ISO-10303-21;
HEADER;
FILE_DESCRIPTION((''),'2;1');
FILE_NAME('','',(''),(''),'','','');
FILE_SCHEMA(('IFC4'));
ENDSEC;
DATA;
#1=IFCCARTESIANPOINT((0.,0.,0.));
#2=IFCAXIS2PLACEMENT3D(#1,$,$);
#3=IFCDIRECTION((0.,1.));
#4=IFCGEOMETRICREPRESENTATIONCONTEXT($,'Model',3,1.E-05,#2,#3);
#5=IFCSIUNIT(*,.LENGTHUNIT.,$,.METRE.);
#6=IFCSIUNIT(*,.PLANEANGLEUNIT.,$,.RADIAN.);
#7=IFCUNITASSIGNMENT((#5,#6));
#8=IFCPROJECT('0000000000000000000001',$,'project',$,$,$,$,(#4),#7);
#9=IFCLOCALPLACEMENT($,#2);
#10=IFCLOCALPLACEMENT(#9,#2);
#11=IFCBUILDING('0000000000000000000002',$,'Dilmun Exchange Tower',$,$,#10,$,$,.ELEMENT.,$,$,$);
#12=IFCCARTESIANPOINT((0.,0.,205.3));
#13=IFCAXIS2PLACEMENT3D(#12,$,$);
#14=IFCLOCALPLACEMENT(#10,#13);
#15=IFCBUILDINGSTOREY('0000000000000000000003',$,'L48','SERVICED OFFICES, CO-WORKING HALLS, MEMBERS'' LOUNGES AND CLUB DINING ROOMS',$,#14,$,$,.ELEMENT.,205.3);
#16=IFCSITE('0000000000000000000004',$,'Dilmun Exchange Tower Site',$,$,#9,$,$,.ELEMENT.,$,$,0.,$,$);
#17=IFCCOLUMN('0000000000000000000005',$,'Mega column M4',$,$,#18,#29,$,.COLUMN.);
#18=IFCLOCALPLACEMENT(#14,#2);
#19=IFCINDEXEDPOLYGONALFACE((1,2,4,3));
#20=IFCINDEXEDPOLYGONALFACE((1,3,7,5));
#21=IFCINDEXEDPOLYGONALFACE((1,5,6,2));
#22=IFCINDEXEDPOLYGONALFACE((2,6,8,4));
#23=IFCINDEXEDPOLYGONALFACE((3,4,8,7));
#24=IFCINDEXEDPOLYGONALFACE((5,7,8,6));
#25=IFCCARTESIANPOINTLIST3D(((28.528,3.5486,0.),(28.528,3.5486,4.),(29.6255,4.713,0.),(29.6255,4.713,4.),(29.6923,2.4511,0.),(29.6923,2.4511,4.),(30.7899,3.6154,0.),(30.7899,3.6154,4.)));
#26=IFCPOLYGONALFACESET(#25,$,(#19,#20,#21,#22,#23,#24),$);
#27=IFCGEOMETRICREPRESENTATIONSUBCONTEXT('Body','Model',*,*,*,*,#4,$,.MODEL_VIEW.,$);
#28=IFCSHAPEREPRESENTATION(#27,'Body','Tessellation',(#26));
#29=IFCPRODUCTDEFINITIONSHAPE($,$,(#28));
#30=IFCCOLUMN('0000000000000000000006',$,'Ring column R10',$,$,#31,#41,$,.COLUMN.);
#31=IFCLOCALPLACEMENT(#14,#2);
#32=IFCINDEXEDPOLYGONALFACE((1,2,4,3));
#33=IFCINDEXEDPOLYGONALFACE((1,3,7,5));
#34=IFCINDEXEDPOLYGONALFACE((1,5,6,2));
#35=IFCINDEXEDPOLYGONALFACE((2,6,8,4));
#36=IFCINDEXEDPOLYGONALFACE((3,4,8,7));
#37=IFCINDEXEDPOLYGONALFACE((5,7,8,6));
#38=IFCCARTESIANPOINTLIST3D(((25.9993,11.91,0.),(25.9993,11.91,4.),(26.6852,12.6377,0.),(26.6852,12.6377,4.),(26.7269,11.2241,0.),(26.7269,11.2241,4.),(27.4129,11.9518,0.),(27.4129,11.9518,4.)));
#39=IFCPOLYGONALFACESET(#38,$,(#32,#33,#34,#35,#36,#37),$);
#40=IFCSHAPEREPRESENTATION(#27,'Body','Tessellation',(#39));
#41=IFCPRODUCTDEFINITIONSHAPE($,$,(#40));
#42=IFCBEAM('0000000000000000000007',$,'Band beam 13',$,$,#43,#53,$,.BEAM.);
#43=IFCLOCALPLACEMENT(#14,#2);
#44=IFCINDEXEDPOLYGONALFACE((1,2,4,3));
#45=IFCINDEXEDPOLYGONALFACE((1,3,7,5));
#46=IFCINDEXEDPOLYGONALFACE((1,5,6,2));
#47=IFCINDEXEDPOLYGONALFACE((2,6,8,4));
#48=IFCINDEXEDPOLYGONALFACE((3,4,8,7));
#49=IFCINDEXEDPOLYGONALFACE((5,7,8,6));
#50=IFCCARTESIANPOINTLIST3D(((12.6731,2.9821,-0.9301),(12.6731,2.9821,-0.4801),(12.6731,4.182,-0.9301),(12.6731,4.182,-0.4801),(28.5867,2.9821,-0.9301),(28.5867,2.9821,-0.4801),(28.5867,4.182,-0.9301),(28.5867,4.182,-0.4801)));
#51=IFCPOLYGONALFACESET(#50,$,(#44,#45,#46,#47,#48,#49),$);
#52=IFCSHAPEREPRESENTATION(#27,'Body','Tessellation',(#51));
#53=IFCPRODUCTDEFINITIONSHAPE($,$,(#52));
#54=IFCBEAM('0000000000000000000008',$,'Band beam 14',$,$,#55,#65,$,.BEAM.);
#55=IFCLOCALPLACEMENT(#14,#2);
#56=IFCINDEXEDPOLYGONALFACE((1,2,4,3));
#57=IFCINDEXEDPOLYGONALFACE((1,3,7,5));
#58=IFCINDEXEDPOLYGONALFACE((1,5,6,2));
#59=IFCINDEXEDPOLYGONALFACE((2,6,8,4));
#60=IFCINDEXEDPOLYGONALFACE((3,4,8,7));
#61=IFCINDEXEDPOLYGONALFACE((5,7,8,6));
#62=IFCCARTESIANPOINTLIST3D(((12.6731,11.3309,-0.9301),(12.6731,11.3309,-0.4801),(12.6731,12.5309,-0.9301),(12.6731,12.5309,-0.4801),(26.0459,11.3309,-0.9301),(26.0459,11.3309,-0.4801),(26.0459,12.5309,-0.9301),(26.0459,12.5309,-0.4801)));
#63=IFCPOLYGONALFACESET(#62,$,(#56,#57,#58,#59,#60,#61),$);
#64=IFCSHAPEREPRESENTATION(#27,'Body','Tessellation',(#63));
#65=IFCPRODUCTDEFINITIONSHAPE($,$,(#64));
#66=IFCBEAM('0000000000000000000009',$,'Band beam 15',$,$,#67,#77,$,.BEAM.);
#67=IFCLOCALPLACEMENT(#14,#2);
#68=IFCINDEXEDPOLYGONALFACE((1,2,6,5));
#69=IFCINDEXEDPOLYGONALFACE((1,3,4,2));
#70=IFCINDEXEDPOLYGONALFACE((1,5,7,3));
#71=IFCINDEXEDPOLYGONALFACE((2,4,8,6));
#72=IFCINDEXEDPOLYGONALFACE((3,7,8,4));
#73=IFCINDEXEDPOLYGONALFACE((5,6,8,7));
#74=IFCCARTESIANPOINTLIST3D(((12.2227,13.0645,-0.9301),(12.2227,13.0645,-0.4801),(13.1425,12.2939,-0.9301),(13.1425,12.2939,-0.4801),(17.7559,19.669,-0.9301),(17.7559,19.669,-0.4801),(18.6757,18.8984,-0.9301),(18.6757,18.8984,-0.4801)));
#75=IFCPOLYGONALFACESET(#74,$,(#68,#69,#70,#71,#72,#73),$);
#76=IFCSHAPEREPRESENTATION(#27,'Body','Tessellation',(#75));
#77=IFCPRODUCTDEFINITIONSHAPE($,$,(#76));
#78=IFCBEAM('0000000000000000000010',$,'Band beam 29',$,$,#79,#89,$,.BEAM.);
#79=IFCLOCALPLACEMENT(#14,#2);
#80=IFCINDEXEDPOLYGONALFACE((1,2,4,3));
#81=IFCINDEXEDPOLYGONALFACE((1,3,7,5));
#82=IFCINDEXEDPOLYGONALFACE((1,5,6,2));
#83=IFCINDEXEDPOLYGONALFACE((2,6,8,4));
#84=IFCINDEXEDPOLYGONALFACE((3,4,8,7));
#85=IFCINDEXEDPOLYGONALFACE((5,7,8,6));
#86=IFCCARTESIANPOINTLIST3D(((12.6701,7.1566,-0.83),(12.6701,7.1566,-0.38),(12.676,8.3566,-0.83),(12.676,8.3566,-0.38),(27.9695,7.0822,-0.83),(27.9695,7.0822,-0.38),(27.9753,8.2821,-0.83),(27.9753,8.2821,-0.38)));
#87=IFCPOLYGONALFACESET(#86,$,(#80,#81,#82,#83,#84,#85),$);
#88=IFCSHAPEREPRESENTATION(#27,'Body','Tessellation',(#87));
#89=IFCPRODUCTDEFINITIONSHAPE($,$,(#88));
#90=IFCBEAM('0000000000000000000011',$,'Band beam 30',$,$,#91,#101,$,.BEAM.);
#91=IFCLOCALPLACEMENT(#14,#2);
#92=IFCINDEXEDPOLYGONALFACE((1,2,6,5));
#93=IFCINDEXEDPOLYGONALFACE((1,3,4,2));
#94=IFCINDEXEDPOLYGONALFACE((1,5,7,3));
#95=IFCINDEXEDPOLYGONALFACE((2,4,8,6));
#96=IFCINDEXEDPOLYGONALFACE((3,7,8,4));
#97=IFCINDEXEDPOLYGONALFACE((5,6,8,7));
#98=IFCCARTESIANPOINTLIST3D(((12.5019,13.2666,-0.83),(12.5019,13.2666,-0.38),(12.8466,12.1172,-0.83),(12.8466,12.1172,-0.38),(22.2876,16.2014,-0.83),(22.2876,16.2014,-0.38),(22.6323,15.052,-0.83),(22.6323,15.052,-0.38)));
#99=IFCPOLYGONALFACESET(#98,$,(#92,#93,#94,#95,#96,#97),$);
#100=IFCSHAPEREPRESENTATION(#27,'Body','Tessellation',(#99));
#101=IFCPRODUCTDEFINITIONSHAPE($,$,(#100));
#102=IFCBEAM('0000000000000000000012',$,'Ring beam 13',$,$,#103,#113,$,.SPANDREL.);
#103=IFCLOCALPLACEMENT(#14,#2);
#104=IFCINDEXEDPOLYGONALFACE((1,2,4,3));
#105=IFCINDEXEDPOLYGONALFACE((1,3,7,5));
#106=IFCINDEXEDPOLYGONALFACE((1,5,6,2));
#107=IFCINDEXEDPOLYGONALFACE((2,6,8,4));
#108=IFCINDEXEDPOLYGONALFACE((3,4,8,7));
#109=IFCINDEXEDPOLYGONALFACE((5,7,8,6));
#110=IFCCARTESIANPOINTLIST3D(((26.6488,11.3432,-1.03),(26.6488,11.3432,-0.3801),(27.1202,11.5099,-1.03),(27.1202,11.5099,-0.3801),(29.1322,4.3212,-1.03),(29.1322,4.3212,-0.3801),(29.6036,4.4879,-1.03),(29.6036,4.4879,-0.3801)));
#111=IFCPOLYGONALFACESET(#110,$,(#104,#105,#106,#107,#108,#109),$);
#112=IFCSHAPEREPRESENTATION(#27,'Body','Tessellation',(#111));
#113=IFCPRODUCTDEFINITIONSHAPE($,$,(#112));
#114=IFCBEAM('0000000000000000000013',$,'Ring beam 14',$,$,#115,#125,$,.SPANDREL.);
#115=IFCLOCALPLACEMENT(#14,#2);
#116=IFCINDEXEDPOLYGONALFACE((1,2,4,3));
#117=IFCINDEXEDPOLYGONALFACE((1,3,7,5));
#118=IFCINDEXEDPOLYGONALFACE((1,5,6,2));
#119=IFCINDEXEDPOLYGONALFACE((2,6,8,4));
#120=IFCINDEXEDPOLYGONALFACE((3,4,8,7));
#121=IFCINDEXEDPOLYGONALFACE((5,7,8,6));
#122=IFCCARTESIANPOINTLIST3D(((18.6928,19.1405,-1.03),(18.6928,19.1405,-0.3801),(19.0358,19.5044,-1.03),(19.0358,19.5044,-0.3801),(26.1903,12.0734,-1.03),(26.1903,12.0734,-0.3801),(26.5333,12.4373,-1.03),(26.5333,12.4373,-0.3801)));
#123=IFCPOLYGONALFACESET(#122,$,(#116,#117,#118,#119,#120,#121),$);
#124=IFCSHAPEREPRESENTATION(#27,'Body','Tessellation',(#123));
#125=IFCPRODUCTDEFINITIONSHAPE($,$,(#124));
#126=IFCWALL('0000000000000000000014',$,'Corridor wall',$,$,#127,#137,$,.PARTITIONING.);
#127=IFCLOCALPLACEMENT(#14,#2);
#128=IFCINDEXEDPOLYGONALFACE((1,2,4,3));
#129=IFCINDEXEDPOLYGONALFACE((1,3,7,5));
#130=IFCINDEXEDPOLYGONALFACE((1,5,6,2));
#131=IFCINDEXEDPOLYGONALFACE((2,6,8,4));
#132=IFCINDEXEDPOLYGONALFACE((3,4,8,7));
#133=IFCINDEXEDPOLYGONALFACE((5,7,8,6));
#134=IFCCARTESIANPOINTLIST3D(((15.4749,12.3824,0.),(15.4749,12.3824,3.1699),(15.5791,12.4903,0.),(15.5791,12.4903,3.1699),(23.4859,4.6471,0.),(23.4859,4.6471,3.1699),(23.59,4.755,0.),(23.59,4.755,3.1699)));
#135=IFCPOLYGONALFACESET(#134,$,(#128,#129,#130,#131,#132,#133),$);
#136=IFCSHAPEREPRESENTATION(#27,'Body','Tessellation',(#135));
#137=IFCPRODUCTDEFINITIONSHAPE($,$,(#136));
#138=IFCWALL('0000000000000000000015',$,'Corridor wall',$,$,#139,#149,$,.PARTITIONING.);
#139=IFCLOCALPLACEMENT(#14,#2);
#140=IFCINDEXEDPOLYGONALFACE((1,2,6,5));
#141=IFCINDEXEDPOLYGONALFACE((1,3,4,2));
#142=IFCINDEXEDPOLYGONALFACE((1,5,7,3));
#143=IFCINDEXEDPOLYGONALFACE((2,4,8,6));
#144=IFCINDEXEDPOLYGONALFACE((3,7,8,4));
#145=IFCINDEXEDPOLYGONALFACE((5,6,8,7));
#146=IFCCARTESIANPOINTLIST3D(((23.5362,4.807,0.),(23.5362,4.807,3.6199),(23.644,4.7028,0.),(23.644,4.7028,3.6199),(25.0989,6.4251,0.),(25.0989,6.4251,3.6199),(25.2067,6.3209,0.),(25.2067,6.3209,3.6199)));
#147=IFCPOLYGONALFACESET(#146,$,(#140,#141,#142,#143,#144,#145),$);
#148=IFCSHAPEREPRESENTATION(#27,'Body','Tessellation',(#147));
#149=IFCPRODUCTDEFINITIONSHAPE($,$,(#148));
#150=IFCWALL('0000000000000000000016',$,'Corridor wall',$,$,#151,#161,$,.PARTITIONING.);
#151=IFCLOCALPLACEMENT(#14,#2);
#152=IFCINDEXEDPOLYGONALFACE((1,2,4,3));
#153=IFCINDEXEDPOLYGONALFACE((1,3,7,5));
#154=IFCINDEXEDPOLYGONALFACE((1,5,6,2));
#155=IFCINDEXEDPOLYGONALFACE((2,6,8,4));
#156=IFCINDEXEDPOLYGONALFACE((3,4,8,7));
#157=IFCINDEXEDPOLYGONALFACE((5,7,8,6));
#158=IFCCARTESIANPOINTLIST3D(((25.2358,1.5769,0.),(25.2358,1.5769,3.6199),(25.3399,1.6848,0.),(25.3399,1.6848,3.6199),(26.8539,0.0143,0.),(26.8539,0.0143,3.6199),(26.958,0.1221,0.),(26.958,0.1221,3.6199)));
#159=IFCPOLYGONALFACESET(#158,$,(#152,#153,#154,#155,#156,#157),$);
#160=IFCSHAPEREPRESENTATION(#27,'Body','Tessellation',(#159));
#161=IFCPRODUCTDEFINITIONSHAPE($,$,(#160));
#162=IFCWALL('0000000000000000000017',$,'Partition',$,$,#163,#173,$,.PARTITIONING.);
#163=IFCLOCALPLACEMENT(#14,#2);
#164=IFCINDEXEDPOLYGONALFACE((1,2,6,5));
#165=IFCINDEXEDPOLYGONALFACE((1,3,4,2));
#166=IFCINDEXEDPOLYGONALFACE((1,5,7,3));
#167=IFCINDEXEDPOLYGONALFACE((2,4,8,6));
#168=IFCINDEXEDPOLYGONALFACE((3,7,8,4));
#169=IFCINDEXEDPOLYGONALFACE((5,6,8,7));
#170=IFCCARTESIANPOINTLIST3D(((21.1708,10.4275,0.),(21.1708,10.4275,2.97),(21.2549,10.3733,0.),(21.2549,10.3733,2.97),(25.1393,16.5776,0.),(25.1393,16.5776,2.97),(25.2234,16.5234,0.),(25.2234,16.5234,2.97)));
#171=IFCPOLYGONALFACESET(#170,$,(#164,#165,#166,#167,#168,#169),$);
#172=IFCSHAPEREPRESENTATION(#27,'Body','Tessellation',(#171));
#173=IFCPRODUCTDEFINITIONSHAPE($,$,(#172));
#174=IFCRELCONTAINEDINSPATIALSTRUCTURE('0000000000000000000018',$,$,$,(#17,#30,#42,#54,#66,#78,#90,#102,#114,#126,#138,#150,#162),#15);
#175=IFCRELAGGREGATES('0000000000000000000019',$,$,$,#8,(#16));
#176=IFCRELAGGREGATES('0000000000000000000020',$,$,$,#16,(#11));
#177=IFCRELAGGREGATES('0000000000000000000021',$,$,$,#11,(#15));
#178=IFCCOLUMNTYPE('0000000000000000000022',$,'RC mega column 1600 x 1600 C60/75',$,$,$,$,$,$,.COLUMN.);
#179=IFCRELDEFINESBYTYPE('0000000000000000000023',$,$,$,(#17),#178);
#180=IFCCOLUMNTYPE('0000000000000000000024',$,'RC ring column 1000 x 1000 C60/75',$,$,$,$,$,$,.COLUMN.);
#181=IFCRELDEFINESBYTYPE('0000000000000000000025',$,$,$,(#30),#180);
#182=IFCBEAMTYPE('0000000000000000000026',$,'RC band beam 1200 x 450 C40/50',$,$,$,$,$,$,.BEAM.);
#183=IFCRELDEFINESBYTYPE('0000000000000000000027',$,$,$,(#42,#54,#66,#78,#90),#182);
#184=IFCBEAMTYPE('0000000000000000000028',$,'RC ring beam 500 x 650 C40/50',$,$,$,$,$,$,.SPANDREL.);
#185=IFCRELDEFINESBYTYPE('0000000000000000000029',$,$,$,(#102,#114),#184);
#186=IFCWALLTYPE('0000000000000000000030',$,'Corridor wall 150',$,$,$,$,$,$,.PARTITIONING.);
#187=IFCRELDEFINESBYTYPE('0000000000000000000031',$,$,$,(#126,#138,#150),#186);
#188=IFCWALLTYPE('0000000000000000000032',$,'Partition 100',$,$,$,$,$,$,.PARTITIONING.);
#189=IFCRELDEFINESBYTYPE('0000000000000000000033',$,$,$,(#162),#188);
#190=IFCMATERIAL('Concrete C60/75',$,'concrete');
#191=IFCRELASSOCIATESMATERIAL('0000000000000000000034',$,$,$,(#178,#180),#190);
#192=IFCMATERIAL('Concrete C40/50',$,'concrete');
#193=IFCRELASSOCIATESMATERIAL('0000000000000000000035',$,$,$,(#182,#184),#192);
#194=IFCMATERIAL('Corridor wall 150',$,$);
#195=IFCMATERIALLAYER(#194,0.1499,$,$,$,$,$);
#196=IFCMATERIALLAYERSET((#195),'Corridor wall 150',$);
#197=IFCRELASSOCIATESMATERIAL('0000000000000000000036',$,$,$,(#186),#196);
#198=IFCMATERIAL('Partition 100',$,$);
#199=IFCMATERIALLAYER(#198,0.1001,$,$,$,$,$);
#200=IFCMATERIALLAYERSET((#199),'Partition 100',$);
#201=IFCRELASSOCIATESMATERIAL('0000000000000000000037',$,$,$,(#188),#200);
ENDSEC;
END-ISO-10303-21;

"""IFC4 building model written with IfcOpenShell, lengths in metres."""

from ifc_helpers import new_model, si_unit, direction, frame, frame_2d, origin, origin_2d, place, context, subcontext, project, spatial, rectangle, extrude, material, layer, layer_set, material_profile, profile_set, type_object, element, save


model = new_model("IFC4")

# Units and contexts
model_context = context("Model", 3, precision=1e-05, world=origin(), true_north=direction((0.0, 1.0)))
body_context = subcontext(model_context, "Body", "Model", "MODEL_VIEW")
ifc_project = project(units=[si_unit("LENGTHUNIT", "METRE"), si_unit("PLANEANGLEUNIT", "RADIAN")], contexts=[model_context])

# Site, building, storey
site_placement = place(None, origin())
site = spatial("IfcSite", under=ifc_project, at=site_placement, Name="Dilmun Exchange Tower Site", CompositionType="ELEMENT", RefElevation=0.0)
building_placement = place(site_placement, origin())
building = spatial("IfcBuilding", under=site, at=building_placement, Name="Dilmun Exchange Tower", CompositionType="ELEMENT")
storey_placement = place(building_placement, frame((0.0, 0.0, 205.3)))
storey = spatial("IfcBuildingStorey", under=building, at=storey_placement, Name="L48", Description="SERVICED OFFICES, CO-WORKING HALLS, MEMBERS' LOUNGES AND CLUB DINING ROOMS", CompositionType="ELEMENT", Elevation=205.3)

# Columns
ifc_material_1 = material(Name="Concrete C60/75", Category="concrete")
ifc_material_profile_1 = material_profile(ifc_material_1, rectangle(XDim=1.6001, YDim=1.6001, at=origin_2d()), Name="1600 x 1600")
ifc_profile_set_1 = profile_set([ifc_material_profile_1], Name="Concrete C60/75")
column_type_1 = type_object("IfcColumnType", Name="RC mega column 1600 x 1600 C60/75", PredefinedType="COLUMN", material=ifc_profile_set_1)
column_1_placement = place(storey_placement, frame((29.6589, 3.582, 0.0), z_axis=(0.0, 0.0, 1.0), x_axis=(0.685916, 0.727681, 0.0)))
element("IfcColumn", 1, at=column_1_placement, inside=storey, type_object=column_type_1, Name="Mega column M4", PredefinedType="COLUMN", context=body_context, shape_type="SweptSolid", body=[
    extrude(rectangle(XDim=1.6001, YDim=1.6001, at=origin_2d()), origin(), (0.0, 0.0, 1.0), 4.0),
])
ifc_material_profile_2 = material_profile(ifc_material_1, rectangle(XDim=1.0, YDim=1.0, at=origin_2d()), Name="1000 x 1000")
ifc_profile_set_2 = profile_set([ifc_material_profile_2], Name="Concrete C60/75")
column_type_2 = type_object("IfcColumnType", Name="RC ring column 1000 x 1000 C60/75", PredefinedType="COLUMN", material=ifc_profile_set_2)
column_2_placement = place(storey_placement, frame((26.7061, 11.9309, 0.0), z_axis=(0.0, 0.0, 1.0), x_axis=(0.685916, 0.727681, 0.0)))
element("IfcColumn", 2, at=column_2_placement, inside=storey, type_object=column_type_2, Name="Ring column R10", PredefinedType="COLUMN", context=body_context, shape_type="SweptSolid", body=[
    extrude(rectangle(XDim=1.0, YDim=1.0, at=origin_2d()), origin(), (0.0, 0.0, 1.0), 4.0),
])

# Beams
ifc_material_2 = material(Name="Concrete C40/50", Category="concrete")
ifc_material_profile_3 = material_profile(ifc_material_2, rectangle(XDim=1.2, YDim=0.45, at=origin_2d()), Name="1200 x 450")
ifc_profile_set_3 = profile_set([ifc_material_profile_3], Name="Concrete C40/50")
beam_type_1 = type_object("IfcBeamType", Name="RC band beam 1200 x 450 C40/50", PredefinedType="BEAM", material=ifc_profile_set_3)
beam_1_placement = place(storey_placement, frame((28.5867, 3.582, -0.7051), z_axis=(-1.0, 0.0, 0.0), x_axis=(0.0, -1.0, 0.0)))
element("IfcBeam", 3, at=beam_1_placement, inside=storey, type_object=beam_type_1, Name="Band beam 13", PredefinedType="BEAM", context=body_context, shape_type="SweptSolid", body=[
    extrude(rectangle(XDim=1.2, YDim=0.45, at=origin_2d()), origin(), (0.0, 0.0, 1.0), 15.9136),
])
beam_2_placement = place(storey_placement, frame((26.0459, 11.9309, -0.7051), z_axis=(-1.0, 0.0, 0.0), x_axis=(0.0, -1.0, 0.0)))
element("IfcBeam", 4, at=beam_2_placement, inside=storey, type_object=beam_type_1, Name="Band beam 14", PredefinedType="BEAM", context=body_context, shape_type="SweptSolid", body=[
    extrude(rectangle(XDim=1.2, YDim=0.45, at=origin_2d()), origin(), (0.0, 0.0, 1.0), 13.3728),
])
beam_3_placement = place(storey_placement, frame((18.2158, 19.2837, -0.7051), z_axis=(-0.6422, -0.766537, 0.0), x_axis=(0.766537, -0.6422, 0.0)))
element("IfcBeam", 5, at=beam_3_placement, inside=storey, type_object=beam_type_1, Name="Band beam 15", PredefinedType="BEAM", context=body_context, shape_type="SweptSolid", body=[
    extrude(rectangle(XDim=1.2, YDim=0.45, at=origin_2d()), origin(), (0.0, 0.0, 1.0), 8.616),
])
beam_4_placement = place(storey_placement, frame((27.9724, 7.6821, -0.605), z_axis=(-0.999988, 0.004867, 0.0), x_axis=(-0.004867, -0.999988, 0.0)))
element("IfcBeam", 6, at=beam_4_placement, inside=storey, type_object=beam_type_1, Name="Band beam 29", PredefinedType="BEAM", context=body_context, shape_type="SweptSolid", body=[
    extrude(rectangle(XDim=1.2, YDim=0.45, at=origin_2d()), origin(), (0.0, 0.0, 1.0), 15.2996),
])
beam_5_placement = place(storey_placement, frame((22.46, 15.6267, -0.605), z_axis=(-0.95785, -0.287269, 0.0), x_axis=(0.287269, -0.95785, 0.0)))
element("IfcBeam", 7, at=beam_5_placement, inside=storey, type_object=beam_type_1, Name="Band beam 30", PredefinedType="BEAM", context=body_context, shape_type="SweptSolid", body=[
    extrude(rectangle(XDim=1.2, YDim=0.45, at=origin_2d()), origin(), (0.0, 0.0, 1.0), 10.2163),
])
ifc_material_profile_4 = material_profile(ifc_material_2, rectangle(XDim=0.5, YDim=0.6499, at=origin_2d()), Name="500 x 650")
ifc_profile_set_4 = profile_set([ifc_material_profile_4], Name="Concrete C40/50")
beam_type_2 = type_object("IfcBeamType", Name="RC ring beam 500 x 650 C40/50", PredefinedType="SPANDREL", material=ifc_profile_set_4)
beam_6_placement = place(storey_placement, frame((29.3679, 4.4045, -0.7051), z_axis=(-0.333424, 0.942777, 0.0), x_axis=(-0.942777, -0.333424, 0.0)))
element("IfcBeam", 8, at=beam_6_placement, inside=storey, type_object=beam_type_2, Name="Ring beam 13", PredefinedType="SPANDREL", context=body_context, shape_type="SweptSolid", body=[
    extrude(rectangle(XDim=0.5, YDim=0.6499, at=origin_2d()), origin(), (0.0, 0.0, 1.0), 7.4482),
])
beam_7_placement = place(storey_placement, frame((26.3618, 12.2554, -0.7051), z_axis=(-0.727686, 0.685911, 0.0), x_axis=(-0.685911, -0.727686, 0.0)))
element("IfcBeam", 9, at=beam_7_placement, inside=storey, type_object=beam_type_2, Name="Ring beam 14", PredefinedType="SPANDREL", context=body_context, shape_type="SweptSolid", body=[
    extrude(rectangle(XDim=0.5, YDim=0.6499, at=origin_2d()), origin(), (0.0, 0.0, 1.0), 10.3032),
])

# Walls
ifc_material_3 = material(Name="Corridor wall 150")
ifc_layer_1 = layer(ifc_material_3, 0.1499)
ifc_layer_set_1 = layer_set([ifc_layer_1], Name="Corridor wall 150")
wall_type_1 = type_object("IfcWallType", Name="Corridor wall 150", PredefinedType="PARTITIONING", material=ifc_layer_set_1)
wall_1_placement = place(storey_placement, frame((15.5271, 12.4363, 0.0), z_axis=(0.0, 0.0, 1.0), x_axis=(0.719374, -0.694623, 0.0)))
element("IfcWall", 10, at=wall_1_placement, inside=storey, type_object=wall_type_1, Name="Corridor wall", PredefinedType="PARTITIONING", context=body_context, shape_type="SweptSolid", body=[
    extrude(rectangle(XDim=11.136, YDim=0.1499, at=frame_2d((5.5679, 0.0))), origin(), (0.0, 0.0, 1.0), 3.1699),
])
for number, where, z_axis, x_axis, name in (
    (11, (23.5901, 4.7549, 0.0), (0.0, 0.0, 1.0), (0.694682, 0.719317, 0.0), "Corridor wall"),
    (12, (25.2878, 1.6309, 0.0), (0.0, 0.0, 1.0), (0.719317, -0.694682, 0.0), "Corridor wall"),
):
    element("IfcWall", number, at=place(storey_placement, frame(where, z_axis=z_axis, x_axis=x_axis)), inside=storey, type_object=wall_type_1, Name=name, PredefinedType="PARTITIONING", context=body_context, shape_type="SweptSolid", body=[
        extrude(rectangle(XDim=2.2495, YDim=0.1499, at=frame_2d((1.1248, 0.0))), origin(), (0.0, 0.0, 1.0), 3.6199),
    ])
ifc_material_4 = material(Name="Partition 100")
ifc_layer_2 = layer(ifc_material_4, 0.1001)
ifc_layer_set_2 = layer_set([ifc_layer_2], Name="Partition 100")
wall_type_2 = type_object("IfcWallType", Name="Partition 100", PredefinedType="PARTITIONING", material=ifc_layer_set_2)
wall_2_placement = place(storey_placement, frame((21.2129, 10.4004, 0.0), z_axis=(0.0, 0.0, 1.0), x_axis=(0.542191, 0.840255, 0.0)))
element("IfcWall", 13, at=wall_2_placement, inside=storey, type_object=wall_type_2, Name="Partition", PredefinedType="PARTITIONING", context=body_context, shape_type="SweptSolid", body=[
    extrude(rectangle(XDim=7.3193, YDim=0.1001, at=frame_2d((3.6597, 0.0))), origin(), (0.0, 0.0, 1.0), 2.97),
])

save(model, "model.ifc")
